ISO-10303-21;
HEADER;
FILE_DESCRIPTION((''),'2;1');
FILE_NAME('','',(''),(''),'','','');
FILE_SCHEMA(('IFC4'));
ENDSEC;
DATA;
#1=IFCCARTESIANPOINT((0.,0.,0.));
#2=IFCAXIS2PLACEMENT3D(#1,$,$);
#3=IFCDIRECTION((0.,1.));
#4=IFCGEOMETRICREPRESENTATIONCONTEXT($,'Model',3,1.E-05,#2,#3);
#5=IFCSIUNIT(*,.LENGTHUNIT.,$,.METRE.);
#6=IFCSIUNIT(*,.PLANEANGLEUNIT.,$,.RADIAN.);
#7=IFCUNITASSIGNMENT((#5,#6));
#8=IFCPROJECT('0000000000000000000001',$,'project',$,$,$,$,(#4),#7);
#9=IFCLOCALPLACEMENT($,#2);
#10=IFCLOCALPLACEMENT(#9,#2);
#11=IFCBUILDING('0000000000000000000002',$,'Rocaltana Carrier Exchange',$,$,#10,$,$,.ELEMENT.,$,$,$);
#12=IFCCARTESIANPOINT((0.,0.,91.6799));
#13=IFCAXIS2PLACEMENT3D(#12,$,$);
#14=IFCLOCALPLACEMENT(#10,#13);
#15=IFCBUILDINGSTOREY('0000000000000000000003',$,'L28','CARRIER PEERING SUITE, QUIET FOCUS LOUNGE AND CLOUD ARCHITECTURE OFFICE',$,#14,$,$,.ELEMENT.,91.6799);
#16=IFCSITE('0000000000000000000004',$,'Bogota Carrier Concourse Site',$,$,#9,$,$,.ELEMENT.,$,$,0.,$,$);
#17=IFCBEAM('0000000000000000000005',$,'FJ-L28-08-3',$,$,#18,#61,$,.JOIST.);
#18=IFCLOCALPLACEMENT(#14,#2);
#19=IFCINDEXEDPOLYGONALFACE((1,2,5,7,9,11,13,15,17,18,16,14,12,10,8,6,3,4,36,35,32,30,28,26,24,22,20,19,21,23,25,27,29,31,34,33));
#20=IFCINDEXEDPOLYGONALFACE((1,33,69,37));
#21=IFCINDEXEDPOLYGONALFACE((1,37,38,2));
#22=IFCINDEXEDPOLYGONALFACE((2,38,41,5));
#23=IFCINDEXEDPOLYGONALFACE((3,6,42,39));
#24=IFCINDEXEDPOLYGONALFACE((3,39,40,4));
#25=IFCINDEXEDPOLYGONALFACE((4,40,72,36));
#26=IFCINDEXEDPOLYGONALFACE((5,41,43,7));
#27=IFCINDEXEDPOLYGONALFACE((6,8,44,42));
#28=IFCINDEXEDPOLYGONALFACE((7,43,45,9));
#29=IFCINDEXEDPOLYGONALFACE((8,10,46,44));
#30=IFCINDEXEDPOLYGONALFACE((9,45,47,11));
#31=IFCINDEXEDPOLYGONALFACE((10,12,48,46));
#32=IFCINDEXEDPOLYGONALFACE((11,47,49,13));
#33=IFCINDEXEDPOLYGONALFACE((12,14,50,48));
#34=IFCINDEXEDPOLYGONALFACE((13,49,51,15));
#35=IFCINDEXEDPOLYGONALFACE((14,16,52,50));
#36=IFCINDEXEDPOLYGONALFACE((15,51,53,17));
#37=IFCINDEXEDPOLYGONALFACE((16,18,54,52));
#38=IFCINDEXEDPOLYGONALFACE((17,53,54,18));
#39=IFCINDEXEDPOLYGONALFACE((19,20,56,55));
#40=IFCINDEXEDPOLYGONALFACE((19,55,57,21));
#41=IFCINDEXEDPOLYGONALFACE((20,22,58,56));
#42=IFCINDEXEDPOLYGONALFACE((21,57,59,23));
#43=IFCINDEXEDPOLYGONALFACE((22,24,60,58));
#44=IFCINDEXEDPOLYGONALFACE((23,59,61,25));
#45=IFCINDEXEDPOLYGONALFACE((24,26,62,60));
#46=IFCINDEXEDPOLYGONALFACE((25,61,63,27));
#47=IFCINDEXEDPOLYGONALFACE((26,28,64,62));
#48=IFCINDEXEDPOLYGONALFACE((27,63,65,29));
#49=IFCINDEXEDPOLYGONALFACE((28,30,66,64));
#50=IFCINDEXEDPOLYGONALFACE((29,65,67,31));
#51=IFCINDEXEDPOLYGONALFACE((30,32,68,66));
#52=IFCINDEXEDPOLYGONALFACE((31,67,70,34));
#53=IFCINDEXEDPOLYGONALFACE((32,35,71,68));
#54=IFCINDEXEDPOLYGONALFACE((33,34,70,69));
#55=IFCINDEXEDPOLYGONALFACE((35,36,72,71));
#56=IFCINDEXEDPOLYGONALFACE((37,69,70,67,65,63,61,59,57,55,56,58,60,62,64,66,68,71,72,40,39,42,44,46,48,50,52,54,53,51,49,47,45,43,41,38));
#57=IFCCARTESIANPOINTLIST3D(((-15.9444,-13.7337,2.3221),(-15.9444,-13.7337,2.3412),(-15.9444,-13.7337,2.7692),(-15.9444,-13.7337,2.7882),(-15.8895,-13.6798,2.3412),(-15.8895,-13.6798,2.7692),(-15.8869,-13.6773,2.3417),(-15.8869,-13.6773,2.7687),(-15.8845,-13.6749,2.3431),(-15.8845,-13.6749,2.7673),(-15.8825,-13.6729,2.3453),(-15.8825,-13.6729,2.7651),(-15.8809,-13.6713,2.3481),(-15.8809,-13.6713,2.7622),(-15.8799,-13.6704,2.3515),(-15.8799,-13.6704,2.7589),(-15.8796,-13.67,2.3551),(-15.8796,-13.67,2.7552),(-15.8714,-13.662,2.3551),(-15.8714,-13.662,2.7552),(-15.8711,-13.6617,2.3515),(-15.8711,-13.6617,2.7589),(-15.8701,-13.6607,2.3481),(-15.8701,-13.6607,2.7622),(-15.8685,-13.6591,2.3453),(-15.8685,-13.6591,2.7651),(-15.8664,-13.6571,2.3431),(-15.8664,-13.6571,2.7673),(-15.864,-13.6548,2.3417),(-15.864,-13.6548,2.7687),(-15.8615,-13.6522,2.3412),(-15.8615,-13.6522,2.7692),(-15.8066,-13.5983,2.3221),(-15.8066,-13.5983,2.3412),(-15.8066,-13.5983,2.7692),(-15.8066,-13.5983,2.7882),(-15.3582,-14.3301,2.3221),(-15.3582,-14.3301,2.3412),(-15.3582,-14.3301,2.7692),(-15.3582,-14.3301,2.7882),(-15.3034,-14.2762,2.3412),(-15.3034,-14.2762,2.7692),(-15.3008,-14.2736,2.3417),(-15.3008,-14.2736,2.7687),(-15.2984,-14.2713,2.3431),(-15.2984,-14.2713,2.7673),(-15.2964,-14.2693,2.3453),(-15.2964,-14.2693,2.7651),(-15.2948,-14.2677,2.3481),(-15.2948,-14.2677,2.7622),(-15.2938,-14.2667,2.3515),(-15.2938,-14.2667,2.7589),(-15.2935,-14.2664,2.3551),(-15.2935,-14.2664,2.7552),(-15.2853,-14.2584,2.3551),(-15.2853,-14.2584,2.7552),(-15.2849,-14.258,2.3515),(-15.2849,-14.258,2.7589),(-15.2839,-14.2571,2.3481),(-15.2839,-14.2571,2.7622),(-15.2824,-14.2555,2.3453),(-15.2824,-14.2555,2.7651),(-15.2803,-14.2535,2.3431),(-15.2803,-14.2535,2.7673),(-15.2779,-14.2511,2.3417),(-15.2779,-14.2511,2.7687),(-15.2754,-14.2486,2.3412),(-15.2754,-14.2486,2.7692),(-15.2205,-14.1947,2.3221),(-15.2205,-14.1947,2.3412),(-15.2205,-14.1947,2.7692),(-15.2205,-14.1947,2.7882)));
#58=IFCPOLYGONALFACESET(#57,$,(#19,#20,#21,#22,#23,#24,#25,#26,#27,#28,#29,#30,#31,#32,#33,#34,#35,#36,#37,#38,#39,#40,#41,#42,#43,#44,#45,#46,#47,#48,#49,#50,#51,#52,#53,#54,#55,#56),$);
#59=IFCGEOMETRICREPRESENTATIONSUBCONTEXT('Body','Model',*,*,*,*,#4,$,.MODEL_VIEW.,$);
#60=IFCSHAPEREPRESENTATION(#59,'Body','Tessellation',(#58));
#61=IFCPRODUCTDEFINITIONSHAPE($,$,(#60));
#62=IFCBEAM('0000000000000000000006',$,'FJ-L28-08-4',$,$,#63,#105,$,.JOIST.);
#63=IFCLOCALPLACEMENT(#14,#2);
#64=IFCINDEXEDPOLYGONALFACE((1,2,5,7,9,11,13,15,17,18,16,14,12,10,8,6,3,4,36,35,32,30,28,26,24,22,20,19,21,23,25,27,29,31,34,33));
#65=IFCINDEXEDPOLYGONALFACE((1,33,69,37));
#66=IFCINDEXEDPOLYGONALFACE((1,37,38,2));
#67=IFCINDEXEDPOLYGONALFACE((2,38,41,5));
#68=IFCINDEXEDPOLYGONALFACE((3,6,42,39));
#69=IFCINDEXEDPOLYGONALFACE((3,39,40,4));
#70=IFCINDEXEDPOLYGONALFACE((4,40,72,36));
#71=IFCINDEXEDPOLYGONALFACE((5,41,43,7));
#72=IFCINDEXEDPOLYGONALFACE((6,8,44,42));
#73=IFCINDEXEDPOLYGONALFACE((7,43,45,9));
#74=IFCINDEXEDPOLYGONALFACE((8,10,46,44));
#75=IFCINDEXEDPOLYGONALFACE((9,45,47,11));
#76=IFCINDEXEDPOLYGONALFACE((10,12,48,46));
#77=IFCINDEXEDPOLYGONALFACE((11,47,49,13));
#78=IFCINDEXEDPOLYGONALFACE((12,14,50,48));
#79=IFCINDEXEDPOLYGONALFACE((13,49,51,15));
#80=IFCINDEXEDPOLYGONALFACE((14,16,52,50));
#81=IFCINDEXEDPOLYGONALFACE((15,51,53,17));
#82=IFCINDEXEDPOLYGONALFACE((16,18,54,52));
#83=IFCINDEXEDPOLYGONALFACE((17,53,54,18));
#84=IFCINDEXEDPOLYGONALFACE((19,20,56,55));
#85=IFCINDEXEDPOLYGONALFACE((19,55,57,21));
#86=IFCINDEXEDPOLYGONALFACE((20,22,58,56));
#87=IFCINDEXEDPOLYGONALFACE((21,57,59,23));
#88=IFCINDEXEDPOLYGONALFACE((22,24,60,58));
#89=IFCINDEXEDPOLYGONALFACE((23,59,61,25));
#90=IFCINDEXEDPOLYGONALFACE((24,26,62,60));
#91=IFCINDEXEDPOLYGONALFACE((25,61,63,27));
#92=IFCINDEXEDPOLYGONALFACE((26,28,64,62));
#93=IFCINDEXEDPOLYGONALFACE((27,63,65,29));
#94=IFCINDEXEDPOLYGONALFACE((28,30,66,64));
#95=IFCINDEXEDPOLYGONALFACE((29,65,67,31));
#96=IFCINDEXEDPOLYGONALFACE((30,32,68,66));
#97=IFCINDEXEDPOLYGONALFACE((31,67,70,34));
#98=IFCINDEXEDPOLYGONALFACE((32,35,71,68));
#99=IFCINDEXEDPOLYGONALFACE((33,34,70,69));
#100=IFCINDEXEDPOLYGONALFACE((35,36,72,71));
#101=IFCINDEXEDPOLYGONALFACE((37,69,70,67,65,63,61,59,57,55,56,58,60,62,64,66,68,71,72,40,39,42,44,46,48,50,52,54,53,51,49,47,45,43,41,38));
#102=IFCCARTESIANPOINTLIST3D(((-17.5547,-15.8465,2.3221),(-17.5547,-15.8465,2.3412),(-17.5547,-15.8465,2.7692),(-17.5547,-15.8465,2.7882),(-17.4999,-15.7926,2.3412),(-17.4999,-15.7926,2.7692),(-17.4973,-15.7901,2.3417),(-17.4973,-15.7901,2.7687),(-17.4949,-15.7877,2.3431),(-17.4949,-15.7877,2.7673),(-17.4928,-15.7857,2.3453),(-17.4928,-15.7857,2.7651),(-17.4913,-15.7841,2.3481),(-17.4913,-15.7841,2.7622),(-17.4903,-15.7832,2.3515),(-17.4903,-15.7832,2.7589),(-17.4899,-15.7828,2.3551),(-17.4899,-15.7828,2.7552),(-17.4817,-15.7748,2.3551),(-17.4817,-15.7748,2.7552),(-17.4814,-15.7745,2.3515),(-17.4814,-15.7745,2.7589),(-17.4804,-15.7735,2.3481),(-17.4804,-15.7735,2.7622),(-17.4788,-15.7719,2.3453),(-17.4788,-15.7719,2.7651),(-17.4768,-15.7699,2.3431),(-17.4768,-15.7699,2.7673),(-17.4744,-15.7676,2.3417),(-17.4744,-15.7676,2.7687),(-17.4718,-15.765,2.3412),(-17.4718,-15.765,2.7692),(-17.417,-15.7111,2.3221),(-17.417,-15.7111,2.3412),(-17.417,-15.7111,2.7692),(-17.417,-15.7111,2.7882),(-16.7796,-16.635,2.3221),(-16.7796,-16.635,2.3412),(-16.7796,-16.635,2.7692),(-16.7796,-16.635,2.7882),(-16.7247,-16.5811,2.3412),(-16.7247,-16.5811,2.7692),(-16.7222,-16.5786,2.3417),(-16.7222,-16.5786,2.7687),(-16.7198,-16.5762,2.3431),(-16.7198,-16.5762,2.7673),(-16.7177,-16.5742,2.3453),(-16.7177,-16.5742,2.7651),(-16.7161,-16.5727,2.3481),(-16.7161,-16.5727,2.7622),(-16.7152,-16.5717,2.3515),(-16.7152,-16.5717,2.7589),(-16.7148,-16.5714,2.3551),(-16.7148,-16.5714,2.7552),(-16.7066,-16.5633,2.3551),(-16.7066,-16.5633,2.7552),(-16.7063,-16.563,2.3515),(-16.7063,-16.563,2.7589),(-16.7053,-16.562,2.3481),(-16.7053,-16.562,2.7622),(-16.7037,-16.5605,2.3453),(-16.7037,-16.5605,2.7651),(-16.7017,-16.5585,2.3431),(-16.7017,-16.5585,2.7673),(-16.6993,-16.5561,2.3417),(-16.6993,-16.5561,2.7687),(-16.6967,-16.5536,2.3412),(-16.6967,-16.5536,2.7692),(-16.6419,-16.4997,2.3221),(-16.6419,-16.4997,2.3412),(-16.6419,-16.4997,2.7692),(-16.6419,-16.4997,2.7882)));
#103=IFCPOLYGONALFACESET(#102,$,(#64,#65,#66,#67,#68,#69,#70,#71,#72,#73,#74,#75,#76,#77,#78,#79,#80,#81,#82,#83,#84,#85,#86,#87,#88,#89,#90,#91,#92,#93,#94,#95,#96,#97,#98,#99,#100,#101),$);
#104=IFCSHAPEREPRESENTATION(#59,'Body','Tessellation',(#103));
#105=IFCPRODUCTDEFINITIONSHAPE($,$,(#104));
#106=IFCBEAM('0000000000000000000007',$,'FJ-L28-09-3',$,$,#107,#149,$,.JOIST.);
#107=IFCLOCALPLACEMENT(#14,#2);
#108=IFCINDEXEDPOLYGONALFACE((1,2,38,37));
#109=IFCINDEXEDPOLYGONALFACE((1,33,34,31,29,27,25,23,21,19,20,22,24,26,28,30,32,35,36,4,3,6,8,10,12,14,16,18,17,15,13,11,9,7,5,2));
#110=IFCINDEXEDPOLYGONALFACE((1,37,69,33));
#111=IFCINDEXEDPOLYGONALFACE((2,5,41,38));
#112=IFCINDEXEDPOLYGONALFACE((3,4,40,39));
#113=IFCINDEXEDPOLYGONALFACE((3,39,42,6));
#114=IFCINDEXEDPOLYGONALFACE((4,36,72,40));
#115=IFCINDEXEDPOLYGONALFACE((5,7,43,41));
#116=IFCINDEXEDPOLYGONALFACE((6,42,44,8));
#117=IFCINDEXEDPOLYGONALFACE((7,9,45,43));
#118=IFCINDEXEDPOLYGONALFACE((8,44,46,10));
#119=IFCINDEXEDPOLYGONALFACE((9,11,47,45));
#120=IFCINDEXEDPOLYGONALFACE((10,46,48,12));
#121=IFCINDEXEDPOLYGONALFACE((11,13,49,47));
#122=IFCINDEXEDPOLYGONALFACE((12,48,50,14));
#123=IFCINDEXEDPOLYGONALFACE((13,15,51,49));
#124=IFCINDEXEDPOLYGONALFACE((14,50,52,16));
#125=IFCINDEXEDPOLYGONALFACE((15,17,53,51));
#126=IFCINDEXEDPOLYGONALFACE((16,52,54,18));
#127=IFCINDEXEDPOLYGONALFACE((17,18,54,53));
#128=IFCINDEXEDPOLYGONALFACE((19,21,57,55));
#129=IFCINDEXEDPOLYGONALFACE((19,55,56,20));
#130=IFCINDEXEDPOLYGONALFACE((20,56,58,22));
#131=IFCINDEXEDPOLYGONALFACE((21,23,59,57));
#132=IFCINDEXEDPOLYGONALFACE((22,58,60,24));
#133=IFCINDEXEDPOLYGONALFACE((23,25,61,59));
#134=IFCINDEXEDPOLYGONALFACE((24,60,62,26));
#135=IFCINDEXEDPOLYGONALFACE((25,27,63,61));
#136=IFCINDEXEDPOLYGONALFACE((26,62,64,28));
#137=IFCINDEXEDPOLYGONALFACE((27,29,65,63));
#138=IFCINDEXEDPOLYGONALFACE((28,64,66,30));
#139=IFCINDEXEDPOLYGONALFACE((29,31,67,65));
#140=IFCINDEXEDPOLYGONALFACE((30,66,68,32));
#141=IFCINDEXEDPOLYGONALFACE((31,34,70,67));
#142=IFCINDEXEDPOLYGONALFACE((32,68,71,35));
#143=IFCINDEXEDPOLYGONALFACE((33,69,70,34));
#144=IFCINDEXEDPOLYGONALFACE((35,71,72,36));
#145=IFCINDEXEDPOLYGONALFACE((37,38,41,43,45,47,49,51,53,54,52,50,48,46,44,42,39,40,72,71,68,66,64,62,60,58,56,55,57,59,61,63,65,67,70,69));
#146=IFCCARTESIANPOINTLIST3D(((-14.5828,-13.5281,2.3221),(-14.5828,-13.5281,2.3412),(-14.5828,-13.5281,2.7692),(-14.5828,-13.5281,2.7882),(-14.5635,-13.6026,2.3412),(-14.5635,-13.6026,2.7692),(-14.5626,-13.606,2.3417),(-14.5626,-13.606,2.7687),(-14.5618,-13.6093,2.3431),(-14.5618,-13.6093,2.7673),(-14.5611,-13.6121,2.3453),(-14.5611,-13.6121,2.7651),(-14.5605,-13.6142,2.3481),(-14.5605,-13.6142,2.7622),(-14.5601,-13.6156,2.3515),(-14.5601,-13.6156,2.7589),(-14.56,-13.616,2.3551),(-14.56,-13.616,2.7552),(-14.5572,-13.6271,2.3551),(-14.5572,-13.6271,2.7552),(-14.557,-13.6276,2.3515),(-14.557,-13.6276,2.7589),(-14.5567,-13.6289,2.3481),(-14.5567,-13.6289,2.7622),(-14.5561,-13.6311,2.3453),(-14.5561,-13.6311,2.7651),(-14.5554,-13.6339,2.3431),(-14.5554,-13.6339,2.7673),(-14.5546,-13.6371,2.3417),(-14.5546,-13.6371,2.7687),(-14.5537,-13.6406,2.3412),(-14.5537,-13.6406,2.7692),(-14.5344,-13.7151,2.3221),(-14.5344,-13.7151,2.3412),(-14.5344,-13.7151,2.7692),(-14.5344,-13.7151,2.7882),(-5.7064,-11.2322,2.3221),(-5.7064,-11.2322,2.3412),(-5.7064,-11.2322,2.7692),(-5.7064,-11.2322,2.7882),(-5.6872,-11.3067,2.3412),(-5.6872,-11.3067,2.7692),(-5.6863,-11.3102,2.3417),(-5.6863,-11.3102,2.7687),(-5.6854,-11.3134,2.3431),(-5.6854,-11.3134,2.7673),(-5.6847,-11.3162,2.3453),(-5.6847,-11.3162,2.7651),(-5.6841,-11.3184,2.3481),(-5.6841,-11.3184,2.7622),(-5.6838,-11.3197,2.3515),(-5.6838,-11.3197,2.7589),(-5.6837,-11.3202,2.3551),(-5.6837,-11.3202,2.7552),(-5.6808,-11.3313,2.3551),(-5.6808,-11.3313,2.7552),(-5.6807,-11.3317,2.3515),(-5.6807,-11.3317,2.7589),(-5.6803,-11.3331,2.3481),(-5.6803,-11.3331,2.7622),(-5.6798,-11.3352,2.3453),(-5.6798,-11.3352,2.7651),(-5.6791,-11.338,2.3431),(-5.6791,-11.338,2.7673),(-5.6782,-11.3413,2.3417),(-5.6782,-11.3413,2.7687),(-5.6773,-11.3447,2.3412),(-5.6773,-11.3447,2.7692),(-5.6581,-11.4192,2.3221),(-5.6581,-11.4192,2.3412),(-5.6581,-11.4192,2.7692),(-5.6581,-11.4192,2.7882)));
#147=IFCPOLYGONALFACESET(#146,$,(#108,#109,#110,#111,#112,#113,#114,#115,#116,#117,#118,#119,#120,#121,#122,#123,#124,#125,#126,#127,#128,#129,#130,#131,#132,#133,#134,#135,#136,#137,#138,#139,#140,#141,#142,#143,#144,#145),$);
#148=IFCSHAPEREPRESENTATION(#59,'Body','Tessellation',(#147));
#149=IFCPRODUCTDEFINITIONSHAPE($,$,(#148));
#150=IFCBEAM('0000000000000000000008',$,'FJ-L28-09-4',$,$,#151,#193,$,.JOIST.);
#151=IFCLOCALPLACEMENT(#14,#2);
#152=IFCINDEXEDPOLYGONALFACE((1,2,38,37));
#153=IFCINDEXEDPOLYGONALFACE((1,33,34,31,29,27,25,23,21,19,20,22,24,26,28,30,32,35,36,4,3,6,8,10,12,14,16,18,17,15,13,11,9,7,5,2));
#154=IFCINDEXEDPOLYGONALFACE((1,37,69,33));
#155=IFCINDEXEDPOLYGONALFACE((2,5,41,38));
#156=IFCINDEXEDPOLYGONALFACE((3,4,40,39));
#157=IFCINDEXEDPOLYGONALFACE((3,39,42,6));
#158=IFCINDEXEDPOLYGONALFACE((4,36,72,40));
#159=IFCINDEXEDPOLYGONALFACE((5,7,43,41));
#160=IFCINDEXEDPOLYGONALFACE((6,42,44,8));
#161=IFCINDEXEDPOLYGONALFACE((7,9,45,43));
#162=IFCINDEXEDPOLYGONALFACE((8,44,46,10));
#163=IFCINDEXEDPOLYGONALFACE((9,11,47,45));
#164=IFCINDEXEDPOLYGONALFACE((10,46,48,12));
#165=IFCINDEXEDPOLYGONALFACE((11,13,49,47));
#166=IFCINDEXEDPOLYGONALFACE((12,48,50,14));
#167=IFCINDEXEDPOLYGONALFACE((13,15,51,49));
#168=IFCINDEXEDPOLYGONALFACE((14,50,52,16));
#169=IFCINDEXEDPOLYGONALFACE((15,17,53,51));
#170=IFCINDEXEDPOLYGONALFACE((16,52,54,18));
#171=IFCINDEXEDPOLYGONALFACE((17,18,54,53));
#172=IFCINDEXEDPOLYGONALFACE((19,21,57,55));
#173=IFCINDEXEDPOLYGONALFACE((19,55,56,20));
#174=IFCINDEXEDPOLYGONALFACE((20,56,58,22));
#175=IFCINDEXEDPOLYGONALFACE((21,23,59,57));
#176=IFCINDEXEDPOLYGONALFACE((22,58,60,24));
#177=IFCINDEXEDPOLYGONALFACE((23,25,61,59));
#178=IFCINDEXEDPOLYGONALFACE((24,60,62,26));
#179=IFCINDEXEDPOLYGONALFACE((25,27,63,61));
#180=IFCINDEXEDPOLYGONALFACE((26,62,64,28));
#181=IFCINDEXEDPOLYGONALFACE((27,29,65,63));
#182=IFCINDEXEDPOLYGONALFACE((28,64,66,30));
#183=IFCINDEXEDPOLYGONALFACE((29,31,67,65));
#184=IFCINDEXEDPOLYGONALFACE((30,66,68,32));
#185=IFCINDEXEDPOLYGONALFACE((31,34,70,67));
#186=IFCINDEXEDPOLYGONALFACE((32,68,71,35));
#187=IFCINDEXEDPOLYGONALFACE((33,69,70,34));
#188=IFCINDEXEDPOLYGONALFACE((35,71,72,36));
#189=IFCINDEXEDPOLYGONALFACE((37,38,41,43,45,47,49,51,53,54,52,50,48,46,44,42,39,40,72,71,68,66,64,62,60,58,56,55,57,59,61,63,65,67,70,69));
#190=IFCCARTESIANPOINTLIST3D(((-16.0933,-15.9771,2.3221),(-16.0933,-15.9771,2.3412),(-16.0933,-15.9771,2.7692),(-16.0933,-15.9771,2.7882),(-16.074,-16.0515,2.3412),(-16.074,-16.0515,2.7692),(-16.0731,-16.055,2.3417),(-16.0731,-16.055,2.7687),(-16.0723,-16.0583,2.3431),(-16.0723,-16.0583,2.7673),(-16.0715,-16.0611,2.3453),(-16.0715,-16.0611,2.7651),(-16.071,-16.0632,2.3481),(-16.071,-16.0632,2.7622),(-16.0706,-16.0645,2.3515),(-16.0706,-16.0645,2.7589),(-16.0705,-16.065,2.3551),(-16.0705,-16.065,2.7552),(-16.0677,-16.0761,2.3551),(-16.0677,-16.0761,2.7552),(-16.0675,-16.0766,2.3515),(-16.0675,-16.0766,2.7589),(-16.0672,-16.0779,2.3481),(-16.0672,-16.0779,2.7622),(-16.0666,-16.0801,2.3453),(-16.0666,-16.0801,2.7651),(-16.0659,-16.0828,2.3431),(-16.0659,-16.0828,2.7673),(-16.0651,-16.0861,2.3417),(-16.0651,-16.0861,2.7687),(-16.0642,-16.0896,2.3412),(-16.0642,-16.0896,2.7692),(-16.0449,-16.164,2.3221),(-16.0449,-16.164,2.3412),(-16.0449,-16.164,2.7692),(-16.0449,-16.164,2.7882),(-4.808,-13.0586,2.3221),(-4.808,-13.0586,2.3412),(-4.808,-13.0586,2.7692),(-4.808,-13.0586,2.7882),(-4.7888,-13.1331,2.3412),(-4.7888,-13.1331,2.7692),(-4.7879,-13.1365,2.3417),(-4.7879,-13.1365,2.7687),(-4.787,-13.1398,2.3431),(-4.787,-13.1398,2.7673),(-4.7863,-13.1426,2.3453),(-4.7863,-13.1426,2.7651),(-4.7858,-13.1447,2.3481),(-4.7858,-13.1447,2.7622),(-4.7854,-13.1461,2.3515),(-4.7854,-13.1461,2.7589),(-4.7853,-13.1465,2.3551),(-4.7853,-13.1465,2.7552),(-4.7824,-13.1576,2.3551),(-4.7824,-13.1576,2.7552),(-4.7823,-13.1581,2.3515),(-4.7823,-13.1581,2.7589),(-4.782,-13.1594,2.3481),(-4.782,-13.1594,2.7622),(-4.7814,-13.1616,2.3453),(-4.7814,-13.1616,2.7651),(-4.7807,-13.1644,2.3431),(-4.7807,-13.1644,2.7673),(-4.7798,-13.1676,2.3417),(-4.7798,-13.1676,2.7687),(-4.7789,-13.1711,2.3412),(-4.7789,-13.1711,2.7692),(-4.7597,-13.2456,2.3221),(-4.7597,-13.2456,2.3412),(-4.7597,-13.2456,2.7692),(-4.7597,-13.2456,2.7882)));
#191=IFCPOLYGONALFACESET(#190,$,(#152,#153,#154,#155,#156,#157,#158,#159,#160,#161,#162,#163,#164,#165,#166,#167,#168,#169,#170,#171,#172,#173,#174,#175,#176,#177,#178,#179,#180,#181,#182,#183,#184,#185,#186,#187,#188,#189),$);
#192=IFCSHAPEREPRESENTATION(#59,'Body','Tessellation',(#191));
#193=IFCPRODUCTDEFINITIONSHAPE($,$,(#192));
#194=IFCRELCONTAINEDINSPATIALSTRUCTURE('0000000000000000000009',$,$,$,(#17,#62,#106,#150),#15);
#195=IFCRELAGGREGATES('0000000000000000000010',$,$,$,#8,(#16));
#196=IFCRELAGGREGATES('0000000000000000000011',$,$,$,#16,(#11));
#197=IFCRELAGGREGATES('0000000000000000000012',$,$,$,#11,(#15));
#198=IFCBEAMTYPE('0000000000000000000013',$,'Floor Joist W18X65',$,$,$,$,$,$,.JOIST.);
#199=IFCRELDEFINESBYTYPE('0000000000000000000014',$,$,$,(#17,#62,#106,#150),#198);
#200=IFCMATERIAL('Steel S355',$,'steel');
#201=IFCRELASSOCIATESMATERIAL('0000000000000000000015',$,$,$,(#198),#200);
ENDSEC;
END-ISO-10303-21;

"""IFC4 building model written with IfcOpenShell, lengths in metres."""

from ifc_helpers import new_model, si_unit, direction, frame, origin, origin_2d, place, context, subcontext, project, spatial, i_section, extrude, material, material_profile, profile_set, type_object, element, save


model = new_model("IFC4")

# Units and contexts
model_context = context("Model", 3, precision=1e-05, world=origin(), true_north=direction((0.0, 1.0)))
body_context = subcontext(model_context, "Body", "Model", "MODEL_VIEW")
ifc_project = project(units=[si_unit("LENGTHUNIT", "METRE"), si_unit("PLANEANGLEUNIT", "RADIAN")], contexts=[model_context])

# Site, building, storey
site_placement = place(None, origin())
site = spatial("IfcSite", under=ifc_project, at=site_placement, Name="Bogota Carrier Concourse Site", CompositionType="ELEMENT", RefElevation=0.0)
building_placement = place(site_placement, origin())
building = spatial("IfcBuilding", under=site, at=building_placement, Name="Rocaltana Carrier Exchange", CompositionType="ELEMENT")
storey_placement = place(building_placement, frame((0.0, 0.0, 91.6799)))
storey = spatial("IfcBuildingStorey", under=building, at=storey_placement, Name="L28", Description="CARRIER PEERING SUITE, QUIET FOCUS LOUNGE AND CLOUD ARCHITECTURE OFFICE", CompositionType="ELEMENT", Elevation=91.6799)

# Beams
ifc_material_1 = material(Name="Steel S355", Category="steel")
ifc_material_profile_1 = material_profile(ifc_material_1, i_section(OverallWidth=0.1931, OverallDepth=0.4661, WebThickness=0.0115, FlangeThickness=0.019, FilletRadius=0.0139, at=origin_2d()), Name="W18X65")
ifc_profile_set_1 = profile_set([ifc_material_profile_1], Name="Steel S355")
beam_type_1 = type_object("IfcBeamType", Name="Floor Joist W18X65", PredefinedType="JOIST", material=ifc_profile_set_1)
beam_1_placement = place(storey_placement, frame((-15.8755, -13.666, 2.5552), z_axis=(0.700949, -0.713211, 0.0), x_axis=(0.713211, 0.700949, 0.0)))
element("IfcBeam", 1, at=beam_1_placement, inside=storey, type_object=beam_type_1, Name="FJ-L28-08-3", PredefinedType="JOIST", context=body_context, shape_type="SweptSolid", body=[
    extrude(i_section(OverallWidth=0.1931, OverallDepth=0.4661, WebThickness=0.0115, FlangeThickness=0.019, FilletRadius=0.0139, at=origin_2d()), origin(), (0.0, 0.0, 1.0), 0.8362),
])
beam_2_placement = place(storey_placement, frame((-17.4858, -15.7788, 2.5552), z_axis=(0.701009, -0.713152, 0.0), x_axis=(0.713152, 0.701009, 0.0)))
element("IfcBeam", 2, at=beam_2_placement, inside=storey, type_object=beam_type_1, Name="FJ-L28-08-4", PredefinedType="JOIST", context=body_context, shape_type="SweptSolid", body=[
    extrude(i_section(OverallWidth=0.1931, OverallDepth=0.4661, WebThickness=0.0115, FlangeThickness=0.019, FilletRadius=0.0139, at=origin_2d()), origin(), (0.0, 0.0, 1.0), 1.1057),
])
beam_3_placement = place(storey_placement, frame((-14.5586, -13.6216, 2.5552), z_axis=(0.96814, 0.25041, 0.0), x_axis=(-0.25041, 0.96814, 0.0)))
element("IfcBeam", 3, at=beam_3_placement, inside=storey, type_object=beam_type_1, Name="FJ-L28-09-3", PredefinedType="JOIST", context=body_context, shape_type="SweptSolid", body=[
    extrude(i_section(OverallWidth=0.1931, OverallDepth=0.4661, WebThickness=0.0115, FlangeThickness=0.019, FilletRadius=0.0139, at=origin_2d()), origin(), (0.0, 0.0, 1.0), 9.1685),
])
beam_4_placement = place(storey_placement, frame((-16.0691, -16.0706, 2.5552), z_axis=(0.968149, 0.250373, 0.0), x_axis=(-0.250373, 0.968149, 0.0)))
element("IfcBeam", 4, at=beam_4_placement, inside=storey, type_object=beam_type_1, Name="FJ-L28-09-4", PredefinedType="JOIST", context=body_context, shape_type="SweptSolid", body=[
    extrude(i_section(OverallWidth=0.1931, OverallDepth=0.4661, WebThickness=0.0115, FlangeThickness=0.019, FilletRadius=0.0139, at=origin_2d()), origin(), (0.0, 0.0, 1.0), 11.6565),
])

save(model, "model.ifc")
